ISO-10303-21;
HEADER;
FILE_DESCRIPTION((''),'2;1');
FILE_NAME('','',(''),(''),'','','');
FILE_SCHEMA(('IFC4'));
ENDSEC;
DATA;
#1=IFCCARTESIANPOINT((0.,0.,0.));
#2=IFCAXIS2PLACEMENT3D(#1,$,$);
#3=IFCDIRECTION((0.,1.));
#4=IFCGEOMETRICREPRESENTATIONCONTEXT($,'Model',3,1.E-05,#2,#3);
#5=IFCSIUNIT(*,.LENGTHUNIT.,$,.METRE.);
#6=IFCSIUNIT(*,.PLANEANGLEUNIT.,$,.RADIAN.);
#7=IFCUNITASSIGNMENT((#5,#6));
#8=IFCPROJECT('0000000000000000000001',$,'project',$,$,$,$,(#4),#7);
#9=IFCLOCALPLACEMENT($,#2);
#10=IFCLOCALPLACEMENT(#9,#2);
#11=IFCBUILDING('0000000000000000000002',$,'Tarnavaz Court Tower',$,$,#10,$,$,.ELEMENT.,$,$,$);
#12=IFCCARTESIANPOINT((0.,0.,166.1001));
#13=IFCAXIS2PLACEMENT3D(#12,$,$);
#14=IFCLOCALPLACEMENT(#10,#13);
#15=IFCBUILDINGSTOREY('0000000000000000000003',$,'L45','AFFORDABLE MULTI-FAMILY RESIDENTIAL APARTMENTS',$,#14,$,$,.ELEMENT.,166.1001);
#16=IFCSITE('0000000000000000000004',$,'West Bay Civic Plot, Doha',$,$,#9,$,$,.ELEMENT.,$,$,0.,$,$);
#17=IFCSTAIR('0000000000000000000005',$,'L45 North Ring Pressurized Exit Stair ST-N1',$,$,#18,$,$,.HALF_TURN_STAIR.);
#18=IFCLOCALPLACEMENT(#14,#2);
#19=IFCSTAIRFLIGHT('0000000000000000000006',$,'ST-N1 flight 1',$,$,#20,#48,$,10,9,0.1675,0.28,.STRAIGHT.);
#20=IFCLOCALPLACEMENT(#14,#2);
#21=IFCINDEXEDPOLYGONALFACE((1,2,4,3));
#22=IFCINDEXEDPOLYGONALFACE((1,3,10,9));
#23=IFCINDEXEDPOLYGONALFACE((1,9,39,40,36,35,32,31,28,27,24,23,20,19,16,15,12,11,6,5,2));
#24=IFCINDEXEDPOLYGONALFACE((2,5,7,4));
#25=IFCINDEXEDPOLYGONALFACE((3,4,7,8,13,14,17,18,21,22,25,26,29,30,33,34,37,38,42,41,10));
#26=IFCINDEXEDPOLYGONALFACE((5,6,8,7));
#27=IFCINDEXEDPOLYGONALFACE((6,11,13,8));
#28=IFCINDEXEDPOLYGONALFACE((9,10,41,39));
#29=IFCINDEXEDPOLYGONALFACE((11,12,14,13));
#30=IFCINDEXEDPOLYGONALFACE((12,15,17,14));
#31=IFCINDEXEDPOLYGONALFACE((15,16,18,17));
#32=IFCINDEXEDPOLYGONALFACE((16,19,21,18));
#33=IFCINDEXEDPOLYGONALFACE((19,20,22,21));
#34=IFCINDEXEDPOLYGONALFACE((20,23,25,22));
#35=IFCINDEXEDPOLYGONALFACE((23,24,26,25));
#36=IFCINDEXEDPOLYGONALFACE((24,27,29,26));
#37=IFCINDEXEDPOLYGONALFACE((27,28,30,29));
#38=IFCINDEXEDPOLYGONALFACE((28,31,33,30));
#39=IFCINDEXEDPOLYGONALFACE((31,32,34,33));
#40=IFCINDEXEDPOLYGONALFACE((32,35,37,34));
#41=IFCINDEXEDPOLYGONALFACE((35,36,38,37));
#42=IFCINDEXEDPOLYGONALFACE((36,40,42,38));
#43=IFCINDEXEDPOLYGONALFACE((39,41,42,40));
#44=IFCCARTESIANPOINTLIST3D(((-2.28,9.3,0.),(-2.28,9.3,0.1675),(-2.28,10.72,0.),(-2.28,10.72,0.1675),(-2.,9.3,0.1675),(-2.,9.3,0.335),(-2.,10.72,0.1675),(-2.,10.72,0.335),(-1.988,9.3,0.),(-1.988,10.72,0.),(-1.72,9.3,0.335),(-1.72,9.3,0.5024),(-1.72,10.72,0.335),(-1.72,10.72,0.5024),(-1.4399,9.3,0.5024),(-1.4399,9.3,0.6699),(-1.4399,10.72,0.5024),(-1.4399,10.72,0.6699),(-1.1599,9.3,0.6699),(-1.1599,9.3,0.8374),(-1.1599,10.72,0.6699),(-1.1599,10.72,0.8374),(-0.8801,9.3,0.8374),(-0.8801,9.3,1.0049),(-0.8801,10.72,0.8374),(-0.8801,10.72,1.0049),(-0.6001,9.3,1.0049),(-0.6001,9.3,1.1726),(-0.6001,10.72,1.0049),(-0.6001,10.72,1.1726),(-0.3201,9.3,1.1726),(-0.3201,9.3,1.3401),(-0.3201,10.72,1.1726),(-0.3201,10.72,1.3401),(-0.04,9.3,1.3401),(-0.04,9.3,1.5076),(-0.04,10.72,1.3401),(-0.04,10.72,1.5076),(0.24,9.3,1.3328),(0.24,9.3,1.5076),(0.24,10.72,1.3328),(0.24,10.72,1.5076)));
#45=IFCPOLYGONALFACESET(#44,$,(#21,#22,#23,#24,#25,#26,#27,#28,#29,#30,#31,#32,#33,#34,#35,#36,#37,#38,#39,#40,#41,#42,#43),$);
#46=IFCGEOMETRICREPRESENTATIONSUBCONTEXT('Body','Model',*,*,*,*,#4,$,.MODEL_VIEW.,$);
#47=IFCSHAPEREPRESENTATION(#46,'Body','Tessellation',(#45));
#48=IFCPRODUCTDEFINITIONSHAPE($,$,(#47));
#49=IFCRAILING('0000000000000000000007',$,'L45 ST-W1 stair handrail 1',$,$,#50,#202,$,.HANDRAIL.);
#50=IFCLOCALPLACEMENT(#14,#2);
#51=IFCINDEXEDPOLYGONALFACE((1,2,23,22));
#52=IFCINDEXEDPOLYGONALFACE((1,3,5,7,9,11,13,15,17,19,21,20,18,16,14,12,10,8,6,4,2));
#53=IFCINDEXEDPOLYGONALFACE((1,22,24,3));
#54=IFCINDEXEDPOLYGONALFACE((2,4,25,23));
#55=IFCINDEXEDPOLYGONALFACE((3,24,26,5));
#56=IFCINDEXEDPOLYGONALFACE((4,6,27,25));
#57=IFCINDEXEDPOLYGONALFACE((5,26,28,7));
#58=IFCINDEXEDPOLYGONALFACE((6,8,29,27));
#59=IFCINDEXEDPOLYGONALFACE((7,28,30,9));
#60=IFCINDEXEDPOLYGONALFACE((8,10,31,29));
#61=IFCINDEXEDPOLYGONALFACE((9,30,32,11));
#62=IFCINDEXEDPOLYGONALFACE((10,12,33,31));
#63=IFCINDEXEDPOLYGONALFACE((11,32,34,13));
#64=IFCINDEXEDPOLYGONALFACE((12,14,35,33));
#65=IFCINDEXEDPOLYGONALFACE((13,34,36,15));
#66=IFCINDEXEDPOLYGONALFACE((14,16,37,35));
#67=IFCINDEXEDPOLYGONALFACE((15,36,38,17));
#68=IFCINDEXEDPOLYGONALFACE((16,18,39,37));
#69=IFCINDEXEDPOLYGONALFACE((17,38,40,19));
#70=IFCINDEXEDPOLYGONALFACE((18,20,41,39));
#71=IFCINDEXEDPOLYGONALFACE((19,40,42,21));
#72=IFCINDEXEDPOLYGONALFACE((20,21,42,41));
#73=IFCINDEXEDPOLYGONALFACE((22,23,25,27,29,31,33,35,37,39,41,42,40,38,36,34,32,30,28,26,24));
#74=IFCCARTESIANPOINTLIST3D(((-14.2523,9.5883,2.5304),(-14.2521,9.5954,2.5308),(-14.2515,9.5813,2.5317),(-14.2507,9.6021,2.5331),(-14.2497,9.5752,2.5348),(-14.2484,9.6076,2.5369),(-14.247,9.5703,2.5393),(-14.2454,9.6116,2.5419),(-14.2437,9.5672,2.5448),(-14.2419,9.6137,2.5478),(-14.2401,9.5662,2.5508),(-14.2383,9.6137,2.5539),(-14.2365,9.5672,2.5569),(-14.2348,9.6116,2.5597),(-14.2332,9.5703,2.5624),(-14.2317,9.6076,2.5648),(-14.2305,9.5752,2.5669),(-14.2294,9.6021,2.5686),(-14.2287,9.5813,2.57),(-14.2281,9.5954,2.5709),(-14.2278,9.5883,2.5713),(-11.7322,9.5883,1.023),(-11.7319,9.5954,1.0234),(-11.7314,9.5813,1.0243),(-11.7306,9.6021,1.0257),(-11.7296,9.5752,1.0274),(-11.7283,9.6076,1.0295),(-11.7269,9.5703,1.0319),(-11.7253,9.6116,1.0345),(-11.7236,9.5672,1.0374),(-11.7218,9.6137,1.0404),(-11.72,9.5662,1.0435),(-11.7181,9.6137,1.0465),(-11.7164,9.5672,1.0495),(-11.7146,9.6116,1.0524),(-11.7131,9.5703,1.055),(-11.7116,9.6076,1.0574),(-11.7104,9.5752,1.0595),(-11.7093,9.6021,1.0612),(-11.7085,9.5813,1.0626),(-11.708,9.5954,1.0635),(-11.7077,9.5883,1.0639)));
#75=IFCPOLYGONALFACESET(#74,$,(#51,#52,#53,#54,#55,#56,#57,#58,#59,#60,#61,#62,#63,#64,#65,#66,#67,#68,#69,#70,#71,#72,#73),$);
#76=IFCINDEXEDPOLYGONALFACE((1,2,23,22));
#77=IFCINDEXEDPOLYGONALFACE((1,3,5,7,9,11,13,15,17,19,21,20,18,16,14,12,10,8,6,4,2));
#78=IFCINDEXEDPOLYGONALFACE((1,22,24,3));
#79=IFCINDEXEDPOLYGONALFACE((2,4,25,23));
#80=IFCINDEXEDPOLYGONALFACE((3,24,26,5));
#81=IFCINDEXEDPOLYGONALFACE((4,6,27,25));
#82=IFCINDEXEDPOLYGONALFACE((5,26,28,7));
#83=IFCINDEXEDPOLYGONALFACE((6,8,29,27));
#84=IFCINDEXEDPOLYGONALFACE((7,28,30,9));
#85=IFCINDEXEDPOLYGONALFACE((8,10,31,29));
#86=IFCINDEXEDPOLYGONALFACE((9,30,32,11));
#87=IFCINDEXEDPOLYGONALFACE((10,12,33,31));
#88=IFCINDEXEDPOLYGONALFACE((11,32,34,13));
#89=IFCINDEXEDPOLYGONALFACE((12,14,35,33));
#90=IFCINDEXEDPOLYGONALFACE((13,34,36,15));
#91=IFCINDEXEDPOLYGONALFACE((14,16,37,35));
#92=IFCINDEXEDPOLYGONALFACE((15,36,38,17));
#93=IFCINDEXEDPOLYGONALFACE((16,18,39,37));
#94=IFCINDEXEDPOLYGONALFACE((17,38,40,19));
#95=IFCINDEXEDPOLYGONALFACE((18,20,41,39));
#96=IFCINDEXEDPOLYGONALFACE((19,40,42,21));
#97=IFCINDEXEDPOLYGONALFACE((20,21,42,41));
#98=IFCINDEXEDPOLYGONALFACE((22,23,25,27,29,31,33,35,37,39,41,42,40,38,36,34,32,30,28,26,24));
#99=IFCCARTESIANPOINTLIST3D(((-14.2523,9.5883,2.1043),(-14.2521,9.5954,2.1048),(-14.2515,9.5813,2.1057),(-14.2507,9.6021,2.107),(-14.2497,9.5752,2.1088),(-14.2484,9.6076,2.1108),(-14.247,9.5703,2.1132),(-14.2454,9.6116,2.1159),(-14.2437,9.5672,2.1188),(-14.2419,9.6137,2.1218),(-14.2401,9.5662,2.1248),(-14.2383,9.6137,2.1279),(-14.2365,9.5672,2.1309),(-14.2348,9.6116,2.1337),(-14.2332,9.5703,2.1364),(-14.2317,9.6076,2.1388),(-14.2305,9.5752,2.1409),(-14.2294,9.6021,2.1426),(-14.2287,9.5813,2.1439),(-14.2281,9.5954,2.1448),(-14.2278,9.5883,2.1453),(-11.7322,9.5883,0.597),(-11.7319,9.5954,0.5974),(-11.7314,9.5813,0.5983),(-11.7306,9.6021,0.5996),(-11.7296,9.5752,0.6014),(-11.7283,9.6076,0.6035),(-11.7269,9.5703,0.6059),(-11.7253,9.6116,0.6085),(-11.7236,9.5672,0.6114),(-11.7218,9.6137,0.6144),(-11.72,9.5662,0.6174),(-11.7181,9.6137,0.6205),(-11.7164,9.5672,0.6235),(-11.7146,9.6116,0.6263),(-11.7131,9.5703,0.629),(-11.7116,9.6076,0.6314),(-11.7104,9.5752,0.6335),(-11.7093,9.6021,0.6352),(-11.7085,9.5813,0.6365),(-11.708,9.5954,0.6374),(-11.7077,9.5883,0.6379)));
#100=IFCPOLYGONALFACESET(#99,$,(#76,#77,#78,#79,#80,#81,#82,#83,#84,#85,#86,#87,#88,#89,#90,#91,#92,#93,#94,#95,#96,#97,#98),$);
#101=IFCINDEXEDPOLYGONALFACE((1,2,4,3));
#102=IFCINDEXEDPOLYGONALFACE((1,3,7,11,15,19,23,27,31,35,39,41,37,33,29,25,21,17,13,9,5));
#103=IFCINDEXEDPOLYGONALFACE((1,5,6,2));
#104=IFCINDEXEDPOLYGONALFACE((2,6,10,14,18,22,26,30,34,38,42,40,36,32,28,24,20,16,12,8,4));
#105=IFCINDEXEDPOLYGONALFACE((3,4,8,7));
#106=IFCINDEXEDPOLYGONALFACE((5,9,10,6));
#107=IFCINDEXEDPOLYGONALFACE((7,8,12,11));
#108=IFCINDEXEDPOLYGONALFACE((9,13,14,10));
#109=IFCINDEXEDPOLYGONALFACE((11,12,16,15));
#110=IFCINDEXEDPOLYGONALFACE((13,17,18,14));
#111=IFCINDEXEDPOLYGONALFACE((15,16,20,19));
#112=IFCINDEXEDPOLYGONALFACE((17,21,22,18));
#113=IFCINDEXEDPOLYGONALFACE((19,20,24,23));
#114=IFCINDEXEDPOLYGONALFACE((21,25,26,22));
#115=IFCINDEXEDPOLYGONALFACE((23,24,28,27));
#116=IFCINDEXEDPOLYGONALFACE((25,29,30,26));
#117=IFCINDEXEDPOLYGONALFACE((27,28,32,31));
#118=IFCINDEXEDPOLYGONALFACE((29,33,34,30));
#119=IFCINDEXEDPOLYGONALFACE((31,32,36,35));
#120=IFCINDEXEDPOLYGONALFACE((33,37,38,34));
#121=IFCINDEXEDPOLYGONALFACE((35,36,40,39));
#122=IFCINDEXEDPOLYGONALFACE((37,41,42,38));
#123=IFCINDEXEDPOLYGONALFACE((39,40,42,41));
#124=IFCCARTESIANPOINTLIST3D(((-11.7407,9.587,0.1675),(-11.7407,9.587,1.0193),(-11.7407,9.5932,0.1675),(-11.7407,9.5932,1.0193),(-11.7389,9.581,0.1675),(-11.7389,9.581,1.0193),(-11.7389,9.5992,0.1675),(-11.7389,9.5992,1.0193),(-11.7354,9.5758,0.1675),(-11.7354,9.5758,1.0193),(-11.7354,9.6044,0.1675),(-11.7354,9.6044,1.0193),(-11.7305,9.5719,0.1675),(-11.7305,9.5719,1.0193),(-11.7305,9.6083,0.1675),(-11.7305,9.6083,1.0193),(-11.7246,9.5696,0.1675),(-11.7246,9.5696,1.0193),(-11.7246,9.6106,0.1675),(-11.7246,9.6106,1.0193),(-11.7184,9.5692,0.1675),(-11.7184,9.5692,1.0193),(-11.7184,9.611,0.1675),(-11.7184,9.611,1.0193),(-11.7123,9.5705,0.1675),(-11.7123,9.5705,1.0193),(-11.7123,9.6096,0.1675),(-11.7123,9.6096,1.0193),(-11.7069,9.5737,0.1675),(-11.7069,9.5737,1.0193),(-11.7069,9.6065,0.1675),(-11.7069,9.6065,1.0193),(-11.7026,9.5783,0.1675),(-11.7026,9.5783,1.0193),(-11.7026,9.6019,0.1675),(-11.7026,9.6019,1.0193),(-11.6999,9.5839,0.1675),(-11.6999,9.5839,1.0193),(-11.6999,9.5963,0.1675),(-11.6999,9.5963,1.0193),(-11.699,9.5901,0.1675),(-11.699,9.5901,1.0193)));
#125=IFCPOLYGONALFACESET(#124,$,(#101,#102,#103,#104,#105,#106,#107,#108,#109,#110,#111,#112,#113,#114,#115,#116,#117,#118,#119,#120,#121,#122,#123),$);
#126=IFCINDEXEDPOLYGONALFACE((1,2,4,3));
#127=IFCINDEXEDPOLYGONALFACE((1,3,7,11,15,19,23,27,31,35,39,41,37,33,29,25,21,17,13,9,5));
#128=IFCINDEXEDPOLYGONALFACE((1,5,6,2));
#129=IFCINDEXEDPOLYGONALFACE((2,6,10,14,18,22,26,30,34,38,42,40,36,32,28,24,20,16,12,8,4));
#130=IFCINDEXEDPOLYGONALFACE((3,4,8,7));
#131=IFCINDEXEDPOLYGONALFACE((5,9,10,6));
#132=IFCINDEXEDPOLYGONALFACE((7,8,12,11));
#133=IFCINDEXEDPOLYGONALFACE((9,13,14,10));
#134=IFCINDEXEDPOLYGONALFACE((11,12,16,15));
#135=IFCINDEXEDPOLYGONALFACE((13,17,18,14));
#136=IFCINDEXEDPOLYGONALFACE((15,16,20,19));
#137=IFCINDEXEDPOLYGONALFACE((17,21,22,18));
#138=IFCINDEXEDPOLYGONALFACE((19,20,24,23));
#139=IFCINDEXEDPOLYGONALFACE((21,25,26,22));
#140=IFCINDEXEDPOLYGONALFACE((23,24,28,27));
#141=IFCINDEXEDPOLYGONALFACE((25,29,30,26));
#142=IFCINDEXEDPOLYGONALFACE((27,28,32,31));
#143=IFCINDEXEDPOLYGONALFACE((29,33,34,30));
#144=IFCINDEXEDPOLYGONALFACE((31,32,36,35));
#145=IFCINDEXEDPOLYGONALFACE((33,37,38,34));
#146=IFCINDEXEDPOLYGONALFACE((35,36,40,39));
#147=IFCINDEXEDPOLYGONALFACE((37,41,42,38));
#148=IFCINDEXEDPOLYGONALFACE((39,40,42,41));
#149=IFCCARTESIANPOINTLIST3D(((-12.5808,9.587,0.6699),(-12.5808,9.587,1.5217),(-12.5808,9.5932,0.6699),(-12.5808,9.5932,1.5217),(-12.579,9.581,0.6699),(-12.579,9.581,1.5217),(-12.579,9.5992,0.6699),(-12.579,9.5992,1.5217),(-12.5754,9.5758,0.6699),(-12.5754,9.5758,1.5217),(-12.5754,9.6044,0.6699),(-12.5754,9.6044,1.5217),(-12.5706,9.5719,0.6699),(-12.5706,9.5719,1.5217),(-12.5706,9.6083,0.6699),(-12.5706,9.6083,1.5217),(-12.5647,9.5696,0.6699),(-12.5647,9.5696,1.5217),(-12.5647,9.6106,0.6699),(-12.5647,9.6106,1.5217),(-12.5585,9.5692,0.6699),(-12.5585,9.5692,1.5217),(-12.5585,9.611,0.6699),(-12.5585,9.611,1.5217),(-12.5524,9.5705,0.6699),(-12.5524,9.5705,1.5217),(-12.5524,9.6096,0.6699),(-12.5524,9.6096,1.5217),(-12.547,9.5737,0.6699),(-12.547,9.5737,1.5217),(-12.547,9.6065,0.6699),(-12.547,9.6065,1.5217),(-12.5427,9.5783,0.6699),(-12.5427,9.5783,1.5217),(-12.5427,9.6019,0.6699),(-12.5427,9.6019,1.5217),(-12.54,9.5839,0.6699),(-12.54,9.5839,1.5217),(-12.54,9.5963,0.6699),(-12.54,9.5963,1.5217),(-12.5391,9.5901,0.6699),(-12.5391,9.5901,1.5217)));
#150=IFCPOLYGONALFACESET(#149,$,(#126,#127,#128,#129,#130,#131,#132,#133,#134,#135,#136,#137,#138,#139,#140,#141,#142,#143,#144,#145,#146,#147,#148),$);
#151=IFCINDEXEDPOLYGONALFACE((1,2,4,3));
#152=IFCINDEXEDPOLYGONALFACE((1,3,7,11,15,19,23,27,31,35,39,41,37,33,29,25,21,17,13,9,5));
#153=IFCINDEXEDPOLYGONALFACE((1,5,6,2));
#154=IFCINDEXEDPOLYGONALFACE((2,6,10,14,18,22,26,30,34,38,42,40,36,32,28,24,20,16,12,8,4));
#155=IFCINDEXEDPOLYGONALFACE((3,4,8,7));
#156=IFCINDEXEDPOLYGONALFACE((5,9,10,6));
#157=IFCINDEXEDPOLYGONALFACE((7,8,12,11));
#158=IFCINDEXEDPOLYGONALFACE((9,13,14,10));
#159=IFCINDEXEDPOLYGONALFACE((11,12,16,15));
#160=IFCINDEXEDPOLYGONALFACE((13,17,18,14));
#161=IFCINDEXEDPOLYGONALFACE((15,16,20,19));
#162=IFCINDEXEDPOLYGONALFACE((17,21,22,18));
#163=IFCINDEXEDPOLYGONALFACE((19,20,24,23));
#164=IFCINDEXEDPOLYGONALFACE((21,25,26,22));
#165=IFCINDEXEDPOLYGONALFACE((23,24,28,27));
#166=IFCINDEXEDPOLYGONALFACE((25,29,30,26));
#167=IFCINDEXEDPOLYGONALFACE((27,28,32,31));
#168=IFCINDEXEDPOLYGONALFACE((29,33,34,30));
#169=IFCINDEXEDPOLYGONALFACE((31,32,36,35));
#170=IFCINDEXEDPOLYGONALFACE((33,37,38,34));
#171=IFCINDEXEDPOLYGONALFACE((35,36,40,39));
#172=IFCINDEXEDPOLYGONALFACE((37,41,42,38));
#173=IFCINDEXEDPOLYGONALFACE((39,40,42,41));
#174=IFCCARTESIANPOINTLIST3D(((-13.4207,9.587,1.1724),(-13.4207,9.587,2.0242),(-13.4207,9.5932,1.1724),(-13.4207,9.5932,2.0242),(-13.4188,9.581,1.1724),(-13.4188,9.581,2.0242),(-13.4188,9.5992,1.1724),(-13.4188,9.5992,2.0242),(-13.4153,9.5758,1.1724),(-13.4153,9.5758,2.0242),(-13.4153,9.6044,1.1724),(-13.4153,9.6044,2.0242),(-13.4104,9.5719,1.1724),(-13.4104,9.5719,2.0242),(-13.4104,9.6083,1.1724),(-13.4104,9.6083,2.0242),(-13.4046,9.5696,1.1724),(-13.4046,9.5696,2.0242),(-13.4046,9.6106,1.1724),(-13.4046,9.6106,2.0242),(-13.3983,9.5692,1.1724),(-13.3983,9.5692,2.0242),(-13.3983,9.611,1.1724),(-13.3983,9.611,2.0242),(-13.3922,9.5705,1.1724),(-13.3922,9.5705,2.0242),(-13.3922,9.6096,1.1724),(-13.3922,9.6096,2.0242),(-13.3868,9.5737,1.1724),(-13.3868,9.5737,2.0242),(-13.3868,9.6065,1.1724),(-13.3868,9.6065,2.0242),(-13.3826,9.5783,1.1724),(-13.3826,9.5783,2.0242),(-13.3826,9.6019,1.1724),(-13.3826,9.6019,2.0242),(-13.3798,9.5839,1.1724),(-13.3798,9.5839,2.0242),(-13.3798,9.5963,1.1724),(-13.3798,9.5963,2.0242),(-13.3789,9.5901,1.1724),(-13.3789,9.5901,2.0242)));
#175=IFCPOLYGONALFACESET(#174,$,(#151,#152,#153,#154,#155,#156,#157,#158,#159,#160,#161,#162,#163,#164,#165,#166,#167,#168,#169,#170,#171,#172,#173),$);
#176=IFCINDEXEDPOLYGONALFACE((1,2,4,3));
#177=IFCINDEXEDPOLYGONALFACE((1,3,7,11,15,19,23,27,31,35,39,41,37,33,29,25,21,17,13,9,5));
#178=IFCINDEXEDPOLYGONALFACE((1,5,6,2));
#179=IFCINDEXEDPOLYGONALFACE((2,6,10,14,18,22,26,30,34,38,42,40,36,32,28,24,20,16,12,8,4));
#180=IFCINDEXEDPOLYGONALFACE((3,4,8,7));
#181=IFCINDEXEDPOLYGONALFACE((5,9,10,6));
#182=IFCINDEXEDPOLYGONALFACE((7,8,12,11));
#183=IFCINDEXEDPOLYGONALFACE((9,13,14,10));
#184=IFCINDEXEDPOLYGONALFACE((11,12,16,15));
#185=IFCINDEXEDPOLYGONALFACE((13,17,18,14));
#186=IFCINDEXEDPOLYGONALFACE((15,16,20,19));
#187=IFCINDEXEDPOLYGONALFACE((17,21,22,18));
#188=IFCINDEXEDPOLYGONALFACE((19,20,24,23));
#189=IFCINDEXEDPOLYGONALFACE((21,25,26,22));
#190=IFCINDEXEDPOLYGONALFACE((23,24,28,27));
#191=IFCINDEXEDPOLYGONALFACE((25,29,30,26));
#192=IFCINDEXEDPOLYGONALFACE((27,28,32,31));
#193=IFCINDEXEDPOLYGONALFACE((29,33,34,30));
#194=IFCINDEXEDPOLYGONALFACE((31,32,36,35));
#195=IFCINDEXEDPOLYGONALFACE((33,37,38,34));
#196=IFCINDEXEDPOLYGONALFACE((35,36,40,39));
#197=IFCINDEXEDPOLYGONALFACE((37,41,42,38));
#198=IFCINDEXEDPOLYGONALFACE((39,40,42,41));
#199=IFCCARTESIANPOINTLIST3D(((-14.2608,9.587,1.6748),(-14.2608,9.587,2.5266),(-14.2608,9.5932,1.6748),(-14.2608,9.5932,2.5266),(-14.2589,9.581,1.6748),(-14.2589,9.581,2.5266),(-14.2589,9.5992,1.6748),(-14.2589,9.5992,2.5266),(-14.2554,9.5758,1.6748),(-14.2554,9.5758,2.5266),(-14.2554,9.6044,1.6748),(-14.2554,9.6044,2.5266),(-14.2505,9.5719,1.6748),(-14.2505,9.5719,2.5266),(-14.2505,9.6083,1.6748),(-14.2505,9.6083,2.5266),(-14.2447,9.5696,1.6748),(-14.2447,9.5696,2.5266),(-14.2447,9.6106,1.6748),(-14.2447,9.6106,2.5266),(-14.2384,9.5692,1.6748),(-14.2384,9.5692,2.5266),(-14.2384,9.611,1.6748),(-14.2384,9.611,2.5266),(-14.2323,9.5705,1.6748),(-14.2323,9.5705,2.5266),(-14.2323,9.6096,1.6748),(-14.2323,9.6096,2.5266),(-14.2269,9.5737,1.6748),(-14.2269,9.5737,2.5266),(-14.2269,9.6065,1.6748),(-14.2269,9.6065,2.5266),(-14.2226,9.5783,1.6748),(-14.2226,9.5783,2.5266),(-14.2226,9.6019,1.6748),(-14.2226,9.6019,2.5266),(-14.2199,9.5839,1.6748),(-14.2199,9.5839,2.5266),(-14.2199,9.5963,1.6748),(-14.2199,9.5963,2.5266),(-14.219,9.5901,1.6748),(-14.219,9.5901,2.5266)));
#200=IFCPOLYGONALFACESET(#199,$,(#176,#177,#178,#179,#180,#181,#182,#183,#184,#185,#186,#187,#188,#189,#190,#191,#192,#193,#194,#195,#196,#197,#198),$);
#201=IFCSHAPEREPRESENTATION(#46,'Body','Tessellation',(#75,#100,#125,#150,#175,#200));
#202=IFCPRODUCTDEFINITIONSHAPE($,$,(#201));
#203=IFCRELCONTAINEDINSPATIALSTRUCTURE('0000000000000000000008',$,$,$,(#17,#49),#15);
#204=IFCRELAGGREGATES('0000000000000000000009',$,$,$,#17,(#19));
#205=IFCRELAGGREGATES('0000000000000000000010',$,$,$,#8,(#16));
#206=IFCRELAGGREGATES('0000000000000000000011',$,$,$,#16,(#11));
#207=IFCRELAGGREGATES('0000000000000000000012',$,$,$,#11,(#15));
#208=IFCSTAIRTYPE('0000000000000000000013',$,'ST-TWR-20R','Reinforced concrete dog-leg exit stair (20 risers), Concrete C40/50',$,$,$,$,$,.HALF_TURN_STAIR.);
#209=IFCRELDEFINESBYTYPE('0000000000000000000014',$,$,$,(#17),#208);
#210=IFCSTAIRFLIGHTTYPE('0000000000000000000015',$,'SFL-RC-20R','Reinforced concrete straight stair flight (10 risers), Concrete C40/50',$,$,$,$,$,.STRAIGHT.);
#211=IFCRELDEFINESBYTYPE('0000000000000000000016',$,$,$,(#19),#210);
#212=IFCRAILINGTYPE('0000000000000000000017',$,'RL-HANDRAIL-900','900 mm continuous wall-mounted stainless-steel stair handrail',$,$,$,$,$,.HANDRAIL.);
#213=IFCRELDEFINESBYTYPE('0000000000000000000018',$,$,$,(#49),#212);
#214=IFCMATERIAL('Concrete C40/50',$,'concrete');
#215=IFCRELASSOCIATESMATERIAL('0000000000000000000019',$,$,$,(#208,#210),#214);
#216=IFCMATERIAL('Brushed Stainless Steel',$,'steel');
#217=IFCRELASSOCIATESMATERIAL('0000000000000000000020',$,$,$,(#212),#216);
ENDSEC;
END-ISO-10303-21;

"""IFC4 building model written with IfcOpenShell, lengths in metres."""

from ifc_helpers import new_model, si_unit, direction, frame, origin, origin_2d, place, context, subcontext, project, spatial, polyline, circle, outline, extrude, material, type_object, element, aggregate, save


model = new_model("IFC4")

# Units and contexts
model_context = context("Model", 3, precision=1e-05, world=origin(), true_north=direction((0.0, 1.0)))
body_context = subcontext(model_context, "Body", "Model", "MODEL_VIEW")
ifc_project = project(units=[si_unit("LENGTHUNIT", "METRE"), si_unit("PLANEANGLEUNIT", "RADIAN")], contexts=[model_context])

# Site, building, storey
site_placement = place(None, origin())
site = spatial("IfcSite", under=ifc_project, at=site_placement, Name="West Bay Civic Plot, Doha", CompositionType="ELEMENT", RefElevation=0.0)
building_placement = place(site_placement, origin())
building = spatial("IfcBuilding", under=site, at=building_placement, Name="Tarnavaz Court Tower", CompositionType="ELEMENT")
storey_placement = place(building_placement, frame((0.0, 0.0, 166.1001)))
storey = spatial("IfcBuildingStorey", under=building, at=storey_placement, Name="L45", Description="AFFORDABLE MULTI-FAMILY RESIDENTIAL APARTMENTS", CompositionType="ELEMENT", Elevation=166.1001)

# Shared definitions
ifc_material_1 = material(Name="Concrete C40/50", Category="concrete")
stair_type = type_object("IfcStairType", Name="ST-TWR-20R", Description="Reinforced concrete dog-leg exit stair (20 risers), Concrete C40/50", PredefinedType="HALF_TURN_STAIR", material=ifc_material_1)
stair_flight_type = type_object("IfcStairFlightType", Name="SFL-RC-20R", Description="Reinforced concrete straight stair flight (10 risers), Concrete C40/50", PredefinedType="STRAIGHT", material=ifc_material_1)

# Stair, stair flight
stair_1_placement = place(storey_placement, origin())
stair_1 = element("IfcStair", 1, at=stair_1_placement, inside=storey, type_object=stair_type, Name="L45 North Ring Pressurized Exit Stair ST-N1", PredefinedType="HALF_TURN_STAIR")
stair_flight_1_placement = place(storey_placement, frame((-2.28, 10.01, 0.0), z_axis=(0.0, 0.0, 1.0), x_axis=(1.0, 0.0, 0.0)))
stair_flight_1 = element("IfcStairFlight", 2, at=stair_flight_1_placement, type_object=stair_flight_type, Name="ST-N1 flight 1", NumberOfRisers=10, NumberOfTreads=9, PredefinedType="STRAIGHT", RiserHeight=0.1675, TreadLength=0.28, context=body_context, shape_type="SweptSolid", body=[
    extrude(outline(polyline([(0.0, 0.0), (0.0, 0.1675), (0.28, 0.1675), (0.28, 0.335), (0.5601, 0.335), (0.5601, 0.5024), (0.8401, 0.5024), (0.8401, 0.6699), (1.1201, 0.6699), (1.1201, 0.8374), (1.3999, 0.8374), (1.3999, 1.0049), (1.6799, 1.0049), (1.6799, 1.1726), (1.96, 1.1726), (1.96, 1.3401), (2.24, 1.3401), (2.24, 1.5076), (2.52, 1.5076), (2.52, 1.675), (2.52, 1.3328), (0.292, 0.0), (0.0, 0.0)])), frame((0.0, 0.71, 0.0), z_axis=(0.0, -1.0, 0.0), x_axis=(1.0, 0.0, 0.0)), (0.0, 0.0, 1.0), 1.4199),
])
aggregate(stair_1, [stair_flight_1])

# Railing
ifc_material_2 = material(Name="Brushed Stainless Steel", Category="steel")
railing_type_1 = type_object("IfcRailingType", Name="RL-HANDRAIL-900", Description="900 mm continuous wall-mounted stainless-steel stair handrail", PredefinedType="HANDRAIL", material=ifc_material_2)
railing_1_placement = place(storey_placement, frame((-11.72, 9.5901, 0.1675)))
element("IfcRailing", 3, at=railing_1_placement, inside=storey, type_object=railing_type_1, Name="L45 ST-W1 stair handrail 1", PredefinedType="HANDRAIL", context=body_context, shape_type="SweptSolid", body=[
    extrude(circle(Radius=0.0239, at=origin_2d()), frame((0.0, 0.0, 0.876), z_axis=(-0.858196, 0.0, 0.513321), x_axis=(0.0, -1.0, 0.0)), (0.0, 0.0, 1.0), 2.9365),
    extrude(circle(Radius=0.0239, at=origin_2d()), frame((0.0, 0.0, 0.45), z_axis=(-0.858196, 0.0, 0.513321), x_axis=(0.0, -1.0, 0.0)), (0.0, 0.0, 1.0), 2.9365),
    extrude(circle(Radius=0.021, at=origin_2d()), origin(), (0.0, 0.0, 1.0), 0.8518),
    extrude(circle(Radius=0.021, at=origin_2d()), frame((-0.8401, 0.0, 0.5024)), (0.0, 0.0, 1.0), 0.8518),
    extrude(circle(Radius=0.021, at=origin_2d()), frame((-1.6799, 0.0, 1.0049)), (0.0, 0.0, 1.0), 0.8518),
    extrude(circle(Radius=0.021, at=origin_2d()), frame((-2.52, 0.0, 1.5073)), (0.0, 0.0, 1.0), 0.8518),
])

save(model, "model.ifc")
